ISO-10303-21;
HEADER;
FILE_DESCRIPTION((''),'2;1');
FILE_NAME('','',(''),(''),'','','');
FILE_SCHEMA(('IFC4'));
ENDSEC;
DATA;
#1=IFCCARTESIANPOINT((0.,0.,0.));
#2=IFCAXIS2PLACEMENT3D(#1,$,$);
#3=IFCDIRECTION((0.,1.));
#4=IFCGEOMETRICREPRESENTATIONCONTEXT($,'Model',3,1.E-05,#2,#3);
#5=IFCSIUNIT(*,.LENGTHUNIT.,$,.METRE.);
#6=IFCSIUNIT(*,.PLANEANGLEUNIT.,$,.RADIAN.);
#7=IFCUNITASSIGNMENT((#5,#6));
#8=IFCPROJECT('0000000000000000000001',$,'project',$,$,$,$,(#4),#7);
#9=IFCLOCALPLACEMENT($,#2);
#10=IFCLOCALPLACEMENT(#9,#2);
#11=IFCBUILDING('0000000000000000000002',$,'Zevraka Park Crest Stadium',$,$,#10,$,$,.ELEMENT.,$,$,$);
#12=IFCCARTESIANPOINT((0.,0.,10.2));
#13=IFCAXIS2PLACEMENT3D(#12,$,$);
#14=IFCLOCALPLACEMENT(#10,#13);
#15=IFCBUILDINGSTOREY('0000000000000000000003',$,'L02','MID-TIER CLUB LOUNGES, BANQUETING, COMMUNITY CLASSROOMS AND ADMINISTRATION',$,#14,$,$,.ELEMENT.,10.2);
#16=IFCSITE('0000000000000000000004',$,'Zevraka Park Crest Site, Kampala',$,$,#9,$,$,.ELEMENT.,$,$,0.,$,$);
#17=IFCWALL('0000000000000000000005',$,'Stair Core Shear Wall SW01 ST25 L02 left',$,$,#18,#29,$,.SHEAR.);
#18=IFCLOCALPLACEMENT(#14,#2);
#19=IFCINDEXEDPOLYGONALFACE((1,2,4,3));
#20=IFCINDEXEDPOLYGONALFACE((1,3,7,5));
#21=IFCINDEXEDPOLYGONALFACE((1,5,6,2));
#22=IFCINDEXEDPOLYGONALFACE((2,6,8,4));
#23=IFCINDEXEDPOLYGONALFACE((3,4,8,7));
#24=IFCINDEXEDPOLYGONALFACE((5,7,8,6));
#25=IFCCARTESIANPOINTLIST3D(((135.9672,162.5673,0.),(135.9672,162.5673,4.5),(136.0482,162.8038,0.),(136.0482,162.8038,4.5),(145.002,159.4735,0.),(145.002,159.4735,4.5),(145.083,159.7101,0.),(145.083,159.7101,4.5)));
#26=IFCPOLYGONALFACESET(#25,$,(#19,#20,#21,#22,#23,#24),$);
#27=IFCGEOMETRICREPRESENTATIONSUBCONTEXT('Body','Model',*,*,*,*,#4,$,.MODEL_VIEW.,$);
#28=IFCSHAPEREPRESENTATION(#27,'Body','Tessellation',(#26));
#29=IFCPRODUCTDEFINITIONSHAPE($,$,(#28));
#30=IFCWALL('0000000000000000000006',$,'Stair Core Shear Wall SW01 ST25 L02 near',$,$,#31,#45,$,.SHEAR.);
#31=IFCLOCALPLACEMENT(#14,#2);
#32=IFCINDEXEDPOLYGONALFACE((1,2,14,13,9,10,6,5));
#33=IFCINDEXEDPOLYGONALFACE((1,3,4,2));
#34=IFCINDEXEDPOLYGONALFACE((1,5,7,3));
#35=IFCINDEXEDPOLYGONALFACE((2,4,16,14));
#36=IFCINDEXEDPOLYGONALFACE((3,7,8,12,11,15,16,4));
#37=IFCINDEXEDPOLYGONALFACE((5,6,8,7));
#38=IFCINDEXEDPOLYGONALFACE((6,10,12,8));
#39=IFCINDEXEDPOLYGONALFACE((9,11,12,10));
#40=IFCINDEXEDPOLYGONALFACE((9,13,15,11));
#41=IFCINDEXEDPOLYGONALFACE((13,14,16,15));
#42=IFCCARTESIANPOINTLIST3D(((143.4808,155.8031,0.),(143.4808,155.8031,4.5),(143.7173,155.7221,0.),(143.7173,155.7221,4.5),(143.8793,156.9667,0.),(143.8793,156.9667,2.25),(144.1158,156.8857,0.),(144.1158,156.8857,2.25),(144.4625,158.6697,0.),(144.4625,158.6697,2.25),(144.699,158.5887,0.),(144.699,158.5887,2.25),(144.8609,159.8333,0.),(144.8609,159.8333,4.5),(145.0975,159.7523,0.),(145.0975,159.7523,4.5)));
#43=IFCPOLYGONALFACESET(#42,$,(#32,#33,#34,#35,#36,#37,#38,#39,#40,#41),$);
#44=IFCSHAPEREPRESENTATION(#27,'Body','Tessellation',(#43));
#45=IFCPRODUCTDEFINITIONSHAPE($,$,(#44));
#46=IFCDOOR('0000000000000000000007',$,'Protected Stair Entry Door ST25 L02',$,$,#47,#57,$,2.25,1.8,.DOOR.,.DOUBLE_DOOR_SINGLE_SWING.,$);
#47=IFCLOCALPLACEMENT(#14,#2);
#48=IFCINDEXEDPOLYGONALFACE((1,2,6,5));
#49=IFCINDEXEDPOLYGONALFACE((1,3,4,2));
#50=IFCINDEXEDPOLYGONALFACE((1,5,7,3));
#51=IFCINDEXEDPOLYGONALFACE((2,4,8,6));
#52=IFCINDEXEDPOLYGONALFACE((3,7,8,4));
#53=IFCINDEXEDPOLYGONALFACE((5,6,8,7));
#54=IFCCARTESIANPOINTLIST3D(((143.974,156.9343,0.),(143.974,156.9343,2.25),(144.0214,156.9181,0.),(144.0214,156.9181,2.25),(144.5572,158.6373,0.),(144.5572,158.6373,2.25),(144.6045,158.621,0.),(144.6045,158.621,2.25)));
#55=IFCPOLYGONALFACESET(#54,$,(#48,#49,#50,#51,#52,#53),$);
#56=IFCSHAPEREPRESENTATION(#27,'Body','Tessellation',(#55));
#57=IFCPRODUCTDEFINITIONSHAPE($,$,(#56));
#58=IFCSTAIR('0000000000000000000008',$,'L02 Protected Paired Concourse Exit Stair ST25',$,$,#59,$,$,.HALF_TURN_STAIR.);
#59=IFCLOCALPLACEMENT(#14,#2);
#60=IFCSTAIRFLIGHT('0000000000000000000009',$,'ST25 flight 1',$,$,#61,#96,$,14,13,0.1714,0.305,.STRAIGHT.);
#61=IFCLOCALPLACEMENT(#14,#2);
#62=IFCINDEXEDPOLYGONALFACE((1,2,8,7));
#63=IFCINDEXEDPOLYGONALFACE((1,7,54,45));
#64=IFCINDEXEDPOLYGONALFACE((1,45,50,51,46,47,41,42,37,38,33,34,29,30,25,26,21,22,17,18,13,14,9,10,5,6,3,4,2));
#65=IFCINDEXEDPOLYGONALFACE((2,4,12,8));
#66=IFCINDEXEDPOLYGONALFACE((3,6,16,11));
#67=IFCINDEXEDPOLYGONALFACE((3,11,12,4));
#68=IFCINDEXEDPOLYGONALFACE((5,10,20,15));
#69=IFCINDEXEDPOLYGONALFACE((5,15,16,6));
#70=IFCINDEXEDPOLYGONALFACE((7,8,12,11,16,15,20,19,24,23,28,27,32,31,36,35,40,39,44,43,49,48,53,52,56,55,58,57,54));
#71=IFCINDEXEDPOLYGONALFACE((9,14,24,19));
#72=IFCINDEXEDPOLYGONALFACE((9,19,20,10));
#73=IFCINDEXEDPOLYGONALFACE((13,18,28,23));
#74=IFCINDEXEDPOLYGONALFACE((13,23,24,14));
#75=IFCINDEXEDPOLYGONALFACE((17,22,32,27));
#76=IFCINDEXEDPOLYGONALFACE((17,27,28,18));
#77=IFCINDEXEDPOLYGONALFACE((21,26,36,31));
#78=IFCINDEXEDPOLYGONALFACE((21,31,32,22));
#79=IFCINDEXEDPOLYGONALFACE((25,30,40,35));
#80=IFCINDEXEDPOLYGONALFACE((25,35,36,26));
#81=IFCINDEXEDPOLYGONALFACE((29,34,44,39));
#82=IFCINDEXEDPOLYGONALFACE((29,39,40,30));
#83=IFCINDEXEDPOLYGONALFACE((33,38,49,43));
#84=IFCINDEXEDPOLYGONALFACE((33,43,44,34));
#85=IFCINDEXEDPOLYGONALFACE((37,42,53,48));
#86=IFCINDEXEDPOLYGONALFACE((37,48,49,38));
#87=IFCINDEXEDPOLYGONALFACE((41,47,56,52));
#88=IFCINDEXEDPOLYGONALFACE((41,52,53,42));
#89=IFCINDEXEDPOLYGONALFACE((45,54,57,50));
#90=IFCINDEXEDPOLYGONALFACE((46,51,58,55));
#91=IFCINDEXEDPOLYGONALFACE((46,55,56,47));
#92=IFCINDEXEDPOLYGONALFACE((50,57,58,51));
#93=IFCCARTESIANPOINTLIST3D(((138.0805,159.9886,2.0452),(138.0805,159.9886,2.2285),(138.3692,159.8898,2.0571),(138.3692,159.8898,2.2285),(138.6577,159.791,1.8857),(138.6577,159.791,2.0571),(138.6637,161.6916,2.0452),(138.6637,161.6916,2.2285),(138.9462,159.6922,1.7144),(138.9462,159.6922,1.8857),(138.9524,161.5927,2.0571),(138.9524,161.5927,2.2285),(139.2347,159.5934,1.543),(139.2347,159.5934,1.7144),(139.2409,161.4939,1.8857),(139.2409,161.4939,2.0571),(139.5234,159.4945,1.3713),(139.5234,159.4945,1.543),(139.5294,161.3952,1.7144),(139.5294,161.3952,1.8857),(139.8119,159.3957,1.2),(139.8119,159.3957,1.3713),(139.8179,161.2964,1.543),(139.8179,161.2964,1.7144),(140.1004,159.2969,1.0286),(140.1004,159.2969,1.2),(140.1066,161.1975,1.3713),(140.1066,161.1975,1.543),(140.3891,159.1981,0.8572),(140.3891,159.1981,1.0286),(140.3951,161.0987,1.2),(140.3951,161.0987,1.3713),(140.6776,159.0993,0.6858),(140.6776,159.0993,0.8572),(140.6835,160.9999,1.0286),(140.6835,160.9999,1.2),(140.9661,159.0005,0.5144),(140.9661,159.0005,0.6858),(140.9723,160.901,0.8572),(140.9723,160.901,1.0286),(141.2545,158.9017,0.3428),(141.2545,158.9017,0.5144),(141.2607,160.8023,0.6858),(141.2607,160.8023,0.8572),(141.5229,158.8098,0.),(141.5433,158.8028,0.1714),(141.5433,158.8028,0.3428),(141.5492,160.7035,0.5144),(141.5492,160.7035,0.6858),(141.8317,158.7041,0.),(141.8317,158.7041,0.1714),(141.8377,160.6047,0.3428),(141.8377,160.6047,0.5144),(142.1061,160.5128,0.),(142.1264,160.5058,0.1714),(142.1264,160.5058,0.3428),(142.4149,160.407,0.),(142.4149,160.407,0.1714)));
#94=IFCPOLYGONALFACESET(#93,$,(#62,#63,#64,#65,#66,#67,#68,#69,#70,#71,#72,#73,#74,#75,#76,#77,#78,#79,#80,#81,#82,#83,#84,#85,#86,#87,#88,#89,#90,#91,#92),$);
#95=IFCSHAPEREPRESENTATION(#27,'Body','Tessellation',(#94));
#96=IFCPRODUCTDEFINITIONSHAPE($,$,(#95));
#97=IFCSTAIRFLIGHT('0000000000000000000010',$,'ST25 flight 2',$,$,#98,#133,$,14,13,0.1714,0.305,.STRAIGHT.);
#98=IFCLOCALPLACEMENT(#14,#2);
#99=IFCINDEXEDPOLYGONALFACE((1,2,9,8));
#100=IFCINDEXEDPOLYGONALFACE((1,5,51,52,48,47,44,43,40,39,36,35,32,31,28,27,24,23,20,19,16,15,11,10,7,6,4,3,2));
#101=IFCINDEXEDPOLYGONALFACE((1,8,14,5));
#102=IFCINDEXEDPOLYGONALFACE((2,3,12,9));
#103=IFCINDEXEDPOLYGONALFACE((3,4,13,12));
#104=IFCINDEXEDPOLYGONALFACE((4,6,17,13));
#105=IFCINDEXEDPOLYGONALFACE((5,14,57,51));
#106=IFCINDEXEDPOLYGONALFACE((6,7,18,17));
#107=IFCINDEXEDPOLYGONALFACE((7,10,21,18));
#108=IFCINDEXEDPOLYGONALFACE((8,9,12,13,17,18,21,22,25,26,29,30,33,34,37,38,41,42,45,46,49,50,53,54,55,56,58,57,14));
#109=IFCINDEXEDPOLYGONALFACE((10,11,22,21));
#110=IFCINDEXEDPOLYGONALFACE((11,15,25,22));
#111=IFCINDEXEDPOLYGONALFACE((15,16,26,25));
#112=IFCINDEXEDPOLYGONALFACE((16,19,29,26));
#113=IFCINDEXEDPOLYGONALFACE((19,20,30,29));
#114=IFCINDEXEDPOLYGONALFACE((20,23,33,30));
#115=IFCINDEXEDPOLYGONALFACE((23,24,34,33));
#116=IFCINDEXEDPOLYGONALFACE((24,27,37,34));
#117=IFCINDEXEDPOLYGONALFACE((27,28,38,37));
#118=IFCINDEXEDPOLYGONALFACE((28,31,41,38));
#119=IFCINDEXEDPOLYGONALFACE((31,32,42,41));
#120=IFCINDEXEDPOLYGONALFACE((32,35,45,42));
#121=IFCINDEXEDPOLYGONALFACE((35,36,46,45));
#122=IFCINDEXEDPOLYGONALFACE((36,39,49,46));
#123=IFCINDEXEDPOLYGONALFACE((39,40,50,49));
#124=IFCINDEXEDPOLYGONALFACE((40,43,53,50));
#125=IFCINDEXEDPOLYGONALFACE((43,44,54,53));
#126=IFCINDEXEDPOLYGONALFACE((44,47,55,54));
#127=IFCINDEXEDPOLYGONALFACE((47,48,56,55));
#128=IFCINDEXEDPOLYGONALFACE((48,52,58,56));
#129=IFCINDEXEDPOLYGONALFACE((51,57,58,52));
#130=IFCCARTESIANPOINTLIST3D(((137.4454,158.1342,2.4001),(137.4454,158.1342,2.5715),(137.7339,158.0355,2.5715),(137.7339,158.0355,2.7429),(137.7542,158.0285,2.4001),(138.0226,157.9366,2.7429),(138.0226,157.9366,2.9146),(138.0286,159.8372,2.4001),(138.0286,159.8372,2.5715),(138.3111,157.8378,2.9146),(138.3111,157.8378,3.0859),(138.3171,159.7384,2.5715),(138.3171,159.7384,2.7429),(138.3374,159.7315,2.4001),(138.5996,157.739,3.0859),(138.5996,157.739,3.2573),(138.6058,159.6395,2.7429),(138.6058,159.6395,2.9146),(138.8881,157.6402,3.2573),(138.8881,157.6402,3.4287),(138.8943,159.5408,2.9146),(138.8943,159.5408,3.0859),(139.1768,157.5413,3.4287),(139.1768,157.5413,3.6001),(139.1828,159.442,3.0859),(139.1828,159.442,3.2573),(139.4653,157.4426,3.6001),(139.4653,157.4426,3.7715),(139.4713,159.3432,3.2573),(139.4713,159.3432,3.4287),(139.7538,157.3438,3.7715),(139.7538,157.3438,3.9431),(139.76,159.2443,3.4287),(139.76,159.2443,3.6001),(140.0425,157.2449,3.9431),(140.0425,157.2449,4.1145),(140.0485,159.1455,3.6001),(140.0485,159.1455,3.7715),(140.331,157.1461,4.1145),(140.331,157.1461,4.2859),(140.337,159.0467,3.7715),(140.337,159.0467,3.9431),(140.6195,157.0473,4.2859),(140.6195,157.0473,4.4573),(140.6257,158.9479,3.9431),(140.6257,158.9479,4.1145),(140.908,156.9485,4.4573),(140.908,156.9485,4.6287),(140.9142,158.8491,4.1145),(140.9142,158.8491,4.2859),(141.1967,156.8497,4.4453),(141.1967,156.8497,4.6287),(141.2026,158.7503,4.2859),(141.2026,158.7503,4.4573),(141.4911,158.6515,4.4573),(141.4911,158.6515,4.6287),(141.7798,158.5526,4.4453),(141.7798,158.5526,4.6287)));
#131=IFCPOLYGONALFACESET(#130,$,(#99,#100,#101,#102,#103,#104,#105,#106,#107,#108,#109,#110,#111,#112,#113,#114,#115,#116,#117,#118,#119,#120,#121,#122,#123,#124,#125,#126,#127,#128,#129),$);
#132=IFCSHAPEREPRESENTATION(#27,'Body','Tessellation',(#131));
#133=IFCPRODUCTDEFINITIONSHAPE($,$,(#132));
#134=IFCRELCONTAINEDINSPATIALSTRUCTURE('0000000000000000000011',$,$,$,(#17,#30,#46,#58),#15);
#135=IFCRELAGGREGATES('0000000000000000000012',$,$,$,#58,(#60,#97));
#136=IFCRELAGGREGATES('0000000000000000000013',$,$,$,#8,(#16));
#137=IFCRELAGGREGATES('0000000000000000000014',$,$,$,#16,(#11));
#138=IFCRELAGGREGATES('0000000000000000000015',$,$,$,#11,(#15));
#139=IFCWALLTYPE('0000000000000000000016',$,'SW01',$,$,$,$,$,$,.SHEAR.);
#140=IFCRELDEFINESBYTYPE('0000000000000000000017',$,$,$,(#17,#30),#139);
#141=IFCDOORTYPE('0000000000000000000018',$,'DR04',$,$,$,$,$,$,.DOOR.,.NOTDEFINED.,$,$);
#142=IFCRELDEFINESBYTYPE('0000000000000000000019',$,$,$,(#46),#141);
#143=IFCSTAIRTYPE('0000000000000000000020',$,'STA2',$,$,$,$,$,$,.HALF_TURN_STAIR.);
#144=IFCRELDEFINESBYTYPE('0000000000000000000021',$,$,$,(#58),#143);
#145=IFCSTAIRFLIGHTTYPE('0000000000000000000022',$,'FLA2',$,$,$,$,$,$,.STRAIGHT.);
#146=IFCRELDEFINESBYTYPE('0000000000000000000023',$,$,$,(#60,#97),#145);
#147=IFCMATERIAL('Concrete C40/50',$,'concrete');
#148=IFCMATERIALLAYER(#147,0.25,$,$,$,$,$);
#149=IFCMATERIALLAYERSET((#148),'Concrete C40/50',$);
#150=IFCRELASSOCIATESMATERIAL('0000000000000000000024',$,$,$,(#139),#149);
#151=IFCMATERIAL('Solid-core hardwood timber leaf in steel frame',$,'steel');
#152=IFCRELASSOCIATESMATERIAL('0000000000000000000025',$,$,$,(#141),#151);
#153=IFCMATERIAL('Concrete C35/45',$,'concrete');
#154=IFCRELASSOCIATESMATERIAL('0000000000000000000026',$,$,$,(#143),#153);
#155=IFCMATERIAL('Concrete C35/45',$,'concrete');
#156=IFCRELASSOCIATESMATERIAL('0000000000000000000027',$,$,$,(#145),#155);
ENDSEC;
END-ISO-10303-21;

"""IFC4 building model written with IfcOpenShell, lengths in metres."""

from ifc_helpers import new_model, si_unit, direction, frame, frame_2d, origin, place, context, subcontext, project, spatial, polyline, rectangle, outline, extrude, material, layer, layer_set, type_object, element, fill, aggregate, save


model = new_model("IFC4")

# Units and contexts
model_context = context("Model", 3, precision=1e-05, world=origin(), true_north=direction((0.0, 1.0)))
body_context = subcontext(model_context, "Body", "Model", "MODEL_VIEW")
ifc_project = project(units=[si_unit("LENGTHUNIT", "METRE"), si_unit("PLANEANGLEUNIT", "RADIAN")], contexts=[model_context])

# Site, building, storey
site_placement = place(None, origin())
site = spatial("IfcSite", under=ifc_project, at=site_placement, Name="Zevraka Park Crest Site, Kampala", CompositionType="ELEMENT", RefElevation=0.0)
building_placement = place(site_placement, origin())
building = spatial("IfcBuilding", under=site, at=building_placement, Name="Zevraka Park Crest Stadium", CompositionType="ELEMENT")
storey_placement = place(building_placement, frame((0.0, 0.0, 10.2)))
storey = spatial("IfcBuildingStorey", under=building, at=storey_placement, Name="L02", Description="MID-TIER CLUB LOUNGES, BANQUETING, COMMUNITY CLASSROOMS AND ADMINISTRATION", CompositionType="ELEMENT", Elevation=10.2)

# Wall
ifc_material_1 = material(Name="Concrete C40/50", Category="concrete")
ifc_layer_1 = layer(ifc_material_1, 0.25)
ifc_layer_set_1 = layer_set([ifc_layer_1], Name="Concrete C40/50")
wall_type_1 = type_object("IfcWallType", Name="SW01", PredefinedType="SHEAR", material=ifc_layer_set_1)
wall_1_placement = place(storey_placement, frame((145.0425, 159.5918, 0.0), z_axis=(0.0, 0.0, 1.0), x_axis=(-0.946072, 0.323956, 0.0)))
element("IfcWall", 1, at=wall_1_placement, inside=storey, type_object=wall_type_1, Name="Stair Core Shear Wall SW01 ST25 L02 left", PredefinedType="SHEAR", context=body_context, shape_type="SweptSolid", body=[
    extrude(rectangle(XDim=9.5498, YDim=0.25, at=frame_2d((4.7749, 0.0))), origin(), (0.0, 0.0, 1.0), 4.5),
])

# Wall, opening, door
wall_2_placement = place(storey_placement, frame((143.5991, 155.7627, 0.0), z_axis=(0.0, 0.0, 1.0), x_axis=(0.323971, 0.946067, 0.0)))
wall_2 = element("IfcWall", 2, at=wall_2_placement, inside=storey, type_object=wall_type_1, Name="Stair Core Shear Wall SW01 ST25 L02 near", PredefinedType="SHEAR", context=body_context, shape_type="SweptSolid", body=[
    extrude(rectangle(XDim=4.26, YDim=0.25, at=frame_2d((2.1299, 0.0))), origin(), (0.0, 0.0, 1.0), 4.5),
])
opening_1_placement = place(wall_2_placement, frame((1.23, 0.0, 0.0)))
opening_1 = element("IfcOpeningElement", 3, at=opening_1_placement, cuts=wall_2, PredefinedType="OPENING", context=body_context, shape_type="SweptSolid", body=[
    extrude(rectangle(XDim=1.8, YDim=2.25, at=frame_2d((0.8999, 1.125))), frame((0.0, 0.135, 0.0), z_axis=(0.0, -1.0, 0.0), x_axis=(1.0, 0.0, 0.0)), (0.0, 0.0, 1.0), 0.27),
])
ifc_material_2 = material(Name="Solid-core hardwood timber leaf in steel frame", Category="steel")
door_type_1 = type_object("IfcDoorType", Name="DR04", OperationType="NOTDEFINED", PredefinedType="DOOR", material=ifc_material_2)
door_1_placement = place(opening_1_placement, origin())
door_1 = element("IfcDoor", 4, at=door_1_placement, inside=storey, type_object=door_type_1, Name="Protected Stair Entry Door ST25 L02", OperationType="DOUBLE_DOOR_SINGLE_SWING", OverallHeight=2.25, OverallWidth=1.8, PredefinedType="DOOR", context=body_context, shape_type="SweptSolid", body=[
    extrude(rectangle(XDim=1.8, YDim=2.25, at=frame_2d((0.8999, 1.125))), frame((0.0, 0.0249, 0.0), z_axis=(0.0, -1.0, 0.0), x_axis=(1.0, 0.0, 0.0)), (0.0, 0.0, 1.0), 0.05),
])
fill(opening_1, door_1)

# Stair, stair flights
ifc_material_3 = material(Name="Concrete C35/45", Category="concrete")
stair_type = type_object("IfcStairType", Name="STA2", PredefinedType="HALF_TURN_STAIR", material=ifc_material_3)
stair_placement = place(storey_placement, origin())
stair = element("IfcStair", 5, at=stair_placement, inside=storey, type_object=stair_type, Name="L02 Protected Paired Concourse Exit Stair ST25", PredefinedType="HALF_TURN_STAIR")
ifc_material_4 = material(Name="Concrete C35/45", Category="concrete")
stair_flight_type = type_object("IfcStairFlightType", Name="FLA2", PredefinedType="STRAIGHT", material=ifc_material_4)
stair_flight_1_placement = place(storey_placement, frame((142.1233, 159.5554, 0.0), z_axis=(0.0, 0.0, 1.0), x_axis=(-0.946066, 0.323974, 0.0)))
stair_flight_1 = element("IfcStairFlight", 6, at=stair_flight_1_placement, type_object=stair_flight_type, Name="ST25 flight 1", NumberOfRisers=14, NumberOfTreads=13, PredefinedType="STRAIGHT", RiserHeight=0.1714, TreadLength=0.305, context=body_context, shape_type="SweptSolid", body=[
    extrude(outline(polyline([(0.0, 0.0), (0.0, 0.1714), (0.3049, 0.1714), (0.3049, 0.3428), (0.6101, 0.3428), (0.6101, 0.5144), (0.915, 0.5144), (0.915, 0.6858), (1.22, 0.6858), (1.22, 0.8572), (1.5249, 0.8572), (1.5249, 1.0286), (1.8301, 1.0286), (1.8301, 1.2), (2.135, 1.2), (2.135, 1.3713), (2.4399, 1.3713), (2.4399, 1.543), (2.7451, 1.543), (2.7451, 1.7144), (3.05, 1.7144), (3.05, 1.8857), (3.355, 1.8857), (3.355, 2.0571), (3.6599, 2.0571), (3.6599, 2.2285), (3.9651, 2.2285), (3.9651, 2.3999), (3.9651, 2.0452), (0.3264, 0.0), (0.0, 0.0)])), frame((0.0, 0.8999, 0.0), z_axis=(0.0, -1.0, 0.0), x_axis=(1.0, 0.0, 0.0)), (0.0, 0.0, 1.0), 1.8),
])
stair_flight_2_placement = place(storey_placement, frame((137.7371, 158.9858, 2.4001), z_axis=(0.0, 0.0, 1.0), x_axis=(0.946066, -0.323974, 0.0)))
stair_flight_2 = element("IfcStairFlight", 7, at=stair_flight_2_placement, type_object=stair_flight_type, Name="ST25 flight 2", NumberOfRisers=14, NumberOfTreads=13, PredefinedType="STRAIGHT", RiserHeight=0.1714, TreadLength=0.305, context=body_context, shape_type="SweptSolid", body=[
    extrude(outline(polyline([(0.0, 0.0), (0.0, 0.1714), (0.3049, 0.1714), (0.3049, 0.3428), (0.6101, 0.3428), (0.6101, 0.5144), (0.915, 0.5144), (0.915, 0.6858), (1.22, 0.6858), (1.22, 0.8572), (1.5249, 0.8572), (1.5249, 1.0286), (1.8301, 1.0286), (1.8301, 1.2), (2.135, 1.2), (2.135, 1.3713), (2.4399, 1.3713), (2.4399, 1.543), (2.7451, 1.543), (2.7451, 1.7144), (3.05, 1.7144), (3.05, 1.8857), (3.355, 1.8857), (3.355, 2.0571), (3.6599, 2.0571), (3.6599, 2.2285), (3.9651, 2.2285), (3.9651, 2.3999), (3.9651, 2.0452), (0.3264, 0.0), (0.0, 0.0)])), frame((0.0, 0.8999, 0.0), z_axis=(0.0, -1.0, 0.0), x_axis=(1.0, 0.0, 0.0)), (0.0, 0.0, 1.0), 1.8),
])
aggregate(stair, [stair_flight_1, stair_flight_2])

save(model, "model.ifc")
